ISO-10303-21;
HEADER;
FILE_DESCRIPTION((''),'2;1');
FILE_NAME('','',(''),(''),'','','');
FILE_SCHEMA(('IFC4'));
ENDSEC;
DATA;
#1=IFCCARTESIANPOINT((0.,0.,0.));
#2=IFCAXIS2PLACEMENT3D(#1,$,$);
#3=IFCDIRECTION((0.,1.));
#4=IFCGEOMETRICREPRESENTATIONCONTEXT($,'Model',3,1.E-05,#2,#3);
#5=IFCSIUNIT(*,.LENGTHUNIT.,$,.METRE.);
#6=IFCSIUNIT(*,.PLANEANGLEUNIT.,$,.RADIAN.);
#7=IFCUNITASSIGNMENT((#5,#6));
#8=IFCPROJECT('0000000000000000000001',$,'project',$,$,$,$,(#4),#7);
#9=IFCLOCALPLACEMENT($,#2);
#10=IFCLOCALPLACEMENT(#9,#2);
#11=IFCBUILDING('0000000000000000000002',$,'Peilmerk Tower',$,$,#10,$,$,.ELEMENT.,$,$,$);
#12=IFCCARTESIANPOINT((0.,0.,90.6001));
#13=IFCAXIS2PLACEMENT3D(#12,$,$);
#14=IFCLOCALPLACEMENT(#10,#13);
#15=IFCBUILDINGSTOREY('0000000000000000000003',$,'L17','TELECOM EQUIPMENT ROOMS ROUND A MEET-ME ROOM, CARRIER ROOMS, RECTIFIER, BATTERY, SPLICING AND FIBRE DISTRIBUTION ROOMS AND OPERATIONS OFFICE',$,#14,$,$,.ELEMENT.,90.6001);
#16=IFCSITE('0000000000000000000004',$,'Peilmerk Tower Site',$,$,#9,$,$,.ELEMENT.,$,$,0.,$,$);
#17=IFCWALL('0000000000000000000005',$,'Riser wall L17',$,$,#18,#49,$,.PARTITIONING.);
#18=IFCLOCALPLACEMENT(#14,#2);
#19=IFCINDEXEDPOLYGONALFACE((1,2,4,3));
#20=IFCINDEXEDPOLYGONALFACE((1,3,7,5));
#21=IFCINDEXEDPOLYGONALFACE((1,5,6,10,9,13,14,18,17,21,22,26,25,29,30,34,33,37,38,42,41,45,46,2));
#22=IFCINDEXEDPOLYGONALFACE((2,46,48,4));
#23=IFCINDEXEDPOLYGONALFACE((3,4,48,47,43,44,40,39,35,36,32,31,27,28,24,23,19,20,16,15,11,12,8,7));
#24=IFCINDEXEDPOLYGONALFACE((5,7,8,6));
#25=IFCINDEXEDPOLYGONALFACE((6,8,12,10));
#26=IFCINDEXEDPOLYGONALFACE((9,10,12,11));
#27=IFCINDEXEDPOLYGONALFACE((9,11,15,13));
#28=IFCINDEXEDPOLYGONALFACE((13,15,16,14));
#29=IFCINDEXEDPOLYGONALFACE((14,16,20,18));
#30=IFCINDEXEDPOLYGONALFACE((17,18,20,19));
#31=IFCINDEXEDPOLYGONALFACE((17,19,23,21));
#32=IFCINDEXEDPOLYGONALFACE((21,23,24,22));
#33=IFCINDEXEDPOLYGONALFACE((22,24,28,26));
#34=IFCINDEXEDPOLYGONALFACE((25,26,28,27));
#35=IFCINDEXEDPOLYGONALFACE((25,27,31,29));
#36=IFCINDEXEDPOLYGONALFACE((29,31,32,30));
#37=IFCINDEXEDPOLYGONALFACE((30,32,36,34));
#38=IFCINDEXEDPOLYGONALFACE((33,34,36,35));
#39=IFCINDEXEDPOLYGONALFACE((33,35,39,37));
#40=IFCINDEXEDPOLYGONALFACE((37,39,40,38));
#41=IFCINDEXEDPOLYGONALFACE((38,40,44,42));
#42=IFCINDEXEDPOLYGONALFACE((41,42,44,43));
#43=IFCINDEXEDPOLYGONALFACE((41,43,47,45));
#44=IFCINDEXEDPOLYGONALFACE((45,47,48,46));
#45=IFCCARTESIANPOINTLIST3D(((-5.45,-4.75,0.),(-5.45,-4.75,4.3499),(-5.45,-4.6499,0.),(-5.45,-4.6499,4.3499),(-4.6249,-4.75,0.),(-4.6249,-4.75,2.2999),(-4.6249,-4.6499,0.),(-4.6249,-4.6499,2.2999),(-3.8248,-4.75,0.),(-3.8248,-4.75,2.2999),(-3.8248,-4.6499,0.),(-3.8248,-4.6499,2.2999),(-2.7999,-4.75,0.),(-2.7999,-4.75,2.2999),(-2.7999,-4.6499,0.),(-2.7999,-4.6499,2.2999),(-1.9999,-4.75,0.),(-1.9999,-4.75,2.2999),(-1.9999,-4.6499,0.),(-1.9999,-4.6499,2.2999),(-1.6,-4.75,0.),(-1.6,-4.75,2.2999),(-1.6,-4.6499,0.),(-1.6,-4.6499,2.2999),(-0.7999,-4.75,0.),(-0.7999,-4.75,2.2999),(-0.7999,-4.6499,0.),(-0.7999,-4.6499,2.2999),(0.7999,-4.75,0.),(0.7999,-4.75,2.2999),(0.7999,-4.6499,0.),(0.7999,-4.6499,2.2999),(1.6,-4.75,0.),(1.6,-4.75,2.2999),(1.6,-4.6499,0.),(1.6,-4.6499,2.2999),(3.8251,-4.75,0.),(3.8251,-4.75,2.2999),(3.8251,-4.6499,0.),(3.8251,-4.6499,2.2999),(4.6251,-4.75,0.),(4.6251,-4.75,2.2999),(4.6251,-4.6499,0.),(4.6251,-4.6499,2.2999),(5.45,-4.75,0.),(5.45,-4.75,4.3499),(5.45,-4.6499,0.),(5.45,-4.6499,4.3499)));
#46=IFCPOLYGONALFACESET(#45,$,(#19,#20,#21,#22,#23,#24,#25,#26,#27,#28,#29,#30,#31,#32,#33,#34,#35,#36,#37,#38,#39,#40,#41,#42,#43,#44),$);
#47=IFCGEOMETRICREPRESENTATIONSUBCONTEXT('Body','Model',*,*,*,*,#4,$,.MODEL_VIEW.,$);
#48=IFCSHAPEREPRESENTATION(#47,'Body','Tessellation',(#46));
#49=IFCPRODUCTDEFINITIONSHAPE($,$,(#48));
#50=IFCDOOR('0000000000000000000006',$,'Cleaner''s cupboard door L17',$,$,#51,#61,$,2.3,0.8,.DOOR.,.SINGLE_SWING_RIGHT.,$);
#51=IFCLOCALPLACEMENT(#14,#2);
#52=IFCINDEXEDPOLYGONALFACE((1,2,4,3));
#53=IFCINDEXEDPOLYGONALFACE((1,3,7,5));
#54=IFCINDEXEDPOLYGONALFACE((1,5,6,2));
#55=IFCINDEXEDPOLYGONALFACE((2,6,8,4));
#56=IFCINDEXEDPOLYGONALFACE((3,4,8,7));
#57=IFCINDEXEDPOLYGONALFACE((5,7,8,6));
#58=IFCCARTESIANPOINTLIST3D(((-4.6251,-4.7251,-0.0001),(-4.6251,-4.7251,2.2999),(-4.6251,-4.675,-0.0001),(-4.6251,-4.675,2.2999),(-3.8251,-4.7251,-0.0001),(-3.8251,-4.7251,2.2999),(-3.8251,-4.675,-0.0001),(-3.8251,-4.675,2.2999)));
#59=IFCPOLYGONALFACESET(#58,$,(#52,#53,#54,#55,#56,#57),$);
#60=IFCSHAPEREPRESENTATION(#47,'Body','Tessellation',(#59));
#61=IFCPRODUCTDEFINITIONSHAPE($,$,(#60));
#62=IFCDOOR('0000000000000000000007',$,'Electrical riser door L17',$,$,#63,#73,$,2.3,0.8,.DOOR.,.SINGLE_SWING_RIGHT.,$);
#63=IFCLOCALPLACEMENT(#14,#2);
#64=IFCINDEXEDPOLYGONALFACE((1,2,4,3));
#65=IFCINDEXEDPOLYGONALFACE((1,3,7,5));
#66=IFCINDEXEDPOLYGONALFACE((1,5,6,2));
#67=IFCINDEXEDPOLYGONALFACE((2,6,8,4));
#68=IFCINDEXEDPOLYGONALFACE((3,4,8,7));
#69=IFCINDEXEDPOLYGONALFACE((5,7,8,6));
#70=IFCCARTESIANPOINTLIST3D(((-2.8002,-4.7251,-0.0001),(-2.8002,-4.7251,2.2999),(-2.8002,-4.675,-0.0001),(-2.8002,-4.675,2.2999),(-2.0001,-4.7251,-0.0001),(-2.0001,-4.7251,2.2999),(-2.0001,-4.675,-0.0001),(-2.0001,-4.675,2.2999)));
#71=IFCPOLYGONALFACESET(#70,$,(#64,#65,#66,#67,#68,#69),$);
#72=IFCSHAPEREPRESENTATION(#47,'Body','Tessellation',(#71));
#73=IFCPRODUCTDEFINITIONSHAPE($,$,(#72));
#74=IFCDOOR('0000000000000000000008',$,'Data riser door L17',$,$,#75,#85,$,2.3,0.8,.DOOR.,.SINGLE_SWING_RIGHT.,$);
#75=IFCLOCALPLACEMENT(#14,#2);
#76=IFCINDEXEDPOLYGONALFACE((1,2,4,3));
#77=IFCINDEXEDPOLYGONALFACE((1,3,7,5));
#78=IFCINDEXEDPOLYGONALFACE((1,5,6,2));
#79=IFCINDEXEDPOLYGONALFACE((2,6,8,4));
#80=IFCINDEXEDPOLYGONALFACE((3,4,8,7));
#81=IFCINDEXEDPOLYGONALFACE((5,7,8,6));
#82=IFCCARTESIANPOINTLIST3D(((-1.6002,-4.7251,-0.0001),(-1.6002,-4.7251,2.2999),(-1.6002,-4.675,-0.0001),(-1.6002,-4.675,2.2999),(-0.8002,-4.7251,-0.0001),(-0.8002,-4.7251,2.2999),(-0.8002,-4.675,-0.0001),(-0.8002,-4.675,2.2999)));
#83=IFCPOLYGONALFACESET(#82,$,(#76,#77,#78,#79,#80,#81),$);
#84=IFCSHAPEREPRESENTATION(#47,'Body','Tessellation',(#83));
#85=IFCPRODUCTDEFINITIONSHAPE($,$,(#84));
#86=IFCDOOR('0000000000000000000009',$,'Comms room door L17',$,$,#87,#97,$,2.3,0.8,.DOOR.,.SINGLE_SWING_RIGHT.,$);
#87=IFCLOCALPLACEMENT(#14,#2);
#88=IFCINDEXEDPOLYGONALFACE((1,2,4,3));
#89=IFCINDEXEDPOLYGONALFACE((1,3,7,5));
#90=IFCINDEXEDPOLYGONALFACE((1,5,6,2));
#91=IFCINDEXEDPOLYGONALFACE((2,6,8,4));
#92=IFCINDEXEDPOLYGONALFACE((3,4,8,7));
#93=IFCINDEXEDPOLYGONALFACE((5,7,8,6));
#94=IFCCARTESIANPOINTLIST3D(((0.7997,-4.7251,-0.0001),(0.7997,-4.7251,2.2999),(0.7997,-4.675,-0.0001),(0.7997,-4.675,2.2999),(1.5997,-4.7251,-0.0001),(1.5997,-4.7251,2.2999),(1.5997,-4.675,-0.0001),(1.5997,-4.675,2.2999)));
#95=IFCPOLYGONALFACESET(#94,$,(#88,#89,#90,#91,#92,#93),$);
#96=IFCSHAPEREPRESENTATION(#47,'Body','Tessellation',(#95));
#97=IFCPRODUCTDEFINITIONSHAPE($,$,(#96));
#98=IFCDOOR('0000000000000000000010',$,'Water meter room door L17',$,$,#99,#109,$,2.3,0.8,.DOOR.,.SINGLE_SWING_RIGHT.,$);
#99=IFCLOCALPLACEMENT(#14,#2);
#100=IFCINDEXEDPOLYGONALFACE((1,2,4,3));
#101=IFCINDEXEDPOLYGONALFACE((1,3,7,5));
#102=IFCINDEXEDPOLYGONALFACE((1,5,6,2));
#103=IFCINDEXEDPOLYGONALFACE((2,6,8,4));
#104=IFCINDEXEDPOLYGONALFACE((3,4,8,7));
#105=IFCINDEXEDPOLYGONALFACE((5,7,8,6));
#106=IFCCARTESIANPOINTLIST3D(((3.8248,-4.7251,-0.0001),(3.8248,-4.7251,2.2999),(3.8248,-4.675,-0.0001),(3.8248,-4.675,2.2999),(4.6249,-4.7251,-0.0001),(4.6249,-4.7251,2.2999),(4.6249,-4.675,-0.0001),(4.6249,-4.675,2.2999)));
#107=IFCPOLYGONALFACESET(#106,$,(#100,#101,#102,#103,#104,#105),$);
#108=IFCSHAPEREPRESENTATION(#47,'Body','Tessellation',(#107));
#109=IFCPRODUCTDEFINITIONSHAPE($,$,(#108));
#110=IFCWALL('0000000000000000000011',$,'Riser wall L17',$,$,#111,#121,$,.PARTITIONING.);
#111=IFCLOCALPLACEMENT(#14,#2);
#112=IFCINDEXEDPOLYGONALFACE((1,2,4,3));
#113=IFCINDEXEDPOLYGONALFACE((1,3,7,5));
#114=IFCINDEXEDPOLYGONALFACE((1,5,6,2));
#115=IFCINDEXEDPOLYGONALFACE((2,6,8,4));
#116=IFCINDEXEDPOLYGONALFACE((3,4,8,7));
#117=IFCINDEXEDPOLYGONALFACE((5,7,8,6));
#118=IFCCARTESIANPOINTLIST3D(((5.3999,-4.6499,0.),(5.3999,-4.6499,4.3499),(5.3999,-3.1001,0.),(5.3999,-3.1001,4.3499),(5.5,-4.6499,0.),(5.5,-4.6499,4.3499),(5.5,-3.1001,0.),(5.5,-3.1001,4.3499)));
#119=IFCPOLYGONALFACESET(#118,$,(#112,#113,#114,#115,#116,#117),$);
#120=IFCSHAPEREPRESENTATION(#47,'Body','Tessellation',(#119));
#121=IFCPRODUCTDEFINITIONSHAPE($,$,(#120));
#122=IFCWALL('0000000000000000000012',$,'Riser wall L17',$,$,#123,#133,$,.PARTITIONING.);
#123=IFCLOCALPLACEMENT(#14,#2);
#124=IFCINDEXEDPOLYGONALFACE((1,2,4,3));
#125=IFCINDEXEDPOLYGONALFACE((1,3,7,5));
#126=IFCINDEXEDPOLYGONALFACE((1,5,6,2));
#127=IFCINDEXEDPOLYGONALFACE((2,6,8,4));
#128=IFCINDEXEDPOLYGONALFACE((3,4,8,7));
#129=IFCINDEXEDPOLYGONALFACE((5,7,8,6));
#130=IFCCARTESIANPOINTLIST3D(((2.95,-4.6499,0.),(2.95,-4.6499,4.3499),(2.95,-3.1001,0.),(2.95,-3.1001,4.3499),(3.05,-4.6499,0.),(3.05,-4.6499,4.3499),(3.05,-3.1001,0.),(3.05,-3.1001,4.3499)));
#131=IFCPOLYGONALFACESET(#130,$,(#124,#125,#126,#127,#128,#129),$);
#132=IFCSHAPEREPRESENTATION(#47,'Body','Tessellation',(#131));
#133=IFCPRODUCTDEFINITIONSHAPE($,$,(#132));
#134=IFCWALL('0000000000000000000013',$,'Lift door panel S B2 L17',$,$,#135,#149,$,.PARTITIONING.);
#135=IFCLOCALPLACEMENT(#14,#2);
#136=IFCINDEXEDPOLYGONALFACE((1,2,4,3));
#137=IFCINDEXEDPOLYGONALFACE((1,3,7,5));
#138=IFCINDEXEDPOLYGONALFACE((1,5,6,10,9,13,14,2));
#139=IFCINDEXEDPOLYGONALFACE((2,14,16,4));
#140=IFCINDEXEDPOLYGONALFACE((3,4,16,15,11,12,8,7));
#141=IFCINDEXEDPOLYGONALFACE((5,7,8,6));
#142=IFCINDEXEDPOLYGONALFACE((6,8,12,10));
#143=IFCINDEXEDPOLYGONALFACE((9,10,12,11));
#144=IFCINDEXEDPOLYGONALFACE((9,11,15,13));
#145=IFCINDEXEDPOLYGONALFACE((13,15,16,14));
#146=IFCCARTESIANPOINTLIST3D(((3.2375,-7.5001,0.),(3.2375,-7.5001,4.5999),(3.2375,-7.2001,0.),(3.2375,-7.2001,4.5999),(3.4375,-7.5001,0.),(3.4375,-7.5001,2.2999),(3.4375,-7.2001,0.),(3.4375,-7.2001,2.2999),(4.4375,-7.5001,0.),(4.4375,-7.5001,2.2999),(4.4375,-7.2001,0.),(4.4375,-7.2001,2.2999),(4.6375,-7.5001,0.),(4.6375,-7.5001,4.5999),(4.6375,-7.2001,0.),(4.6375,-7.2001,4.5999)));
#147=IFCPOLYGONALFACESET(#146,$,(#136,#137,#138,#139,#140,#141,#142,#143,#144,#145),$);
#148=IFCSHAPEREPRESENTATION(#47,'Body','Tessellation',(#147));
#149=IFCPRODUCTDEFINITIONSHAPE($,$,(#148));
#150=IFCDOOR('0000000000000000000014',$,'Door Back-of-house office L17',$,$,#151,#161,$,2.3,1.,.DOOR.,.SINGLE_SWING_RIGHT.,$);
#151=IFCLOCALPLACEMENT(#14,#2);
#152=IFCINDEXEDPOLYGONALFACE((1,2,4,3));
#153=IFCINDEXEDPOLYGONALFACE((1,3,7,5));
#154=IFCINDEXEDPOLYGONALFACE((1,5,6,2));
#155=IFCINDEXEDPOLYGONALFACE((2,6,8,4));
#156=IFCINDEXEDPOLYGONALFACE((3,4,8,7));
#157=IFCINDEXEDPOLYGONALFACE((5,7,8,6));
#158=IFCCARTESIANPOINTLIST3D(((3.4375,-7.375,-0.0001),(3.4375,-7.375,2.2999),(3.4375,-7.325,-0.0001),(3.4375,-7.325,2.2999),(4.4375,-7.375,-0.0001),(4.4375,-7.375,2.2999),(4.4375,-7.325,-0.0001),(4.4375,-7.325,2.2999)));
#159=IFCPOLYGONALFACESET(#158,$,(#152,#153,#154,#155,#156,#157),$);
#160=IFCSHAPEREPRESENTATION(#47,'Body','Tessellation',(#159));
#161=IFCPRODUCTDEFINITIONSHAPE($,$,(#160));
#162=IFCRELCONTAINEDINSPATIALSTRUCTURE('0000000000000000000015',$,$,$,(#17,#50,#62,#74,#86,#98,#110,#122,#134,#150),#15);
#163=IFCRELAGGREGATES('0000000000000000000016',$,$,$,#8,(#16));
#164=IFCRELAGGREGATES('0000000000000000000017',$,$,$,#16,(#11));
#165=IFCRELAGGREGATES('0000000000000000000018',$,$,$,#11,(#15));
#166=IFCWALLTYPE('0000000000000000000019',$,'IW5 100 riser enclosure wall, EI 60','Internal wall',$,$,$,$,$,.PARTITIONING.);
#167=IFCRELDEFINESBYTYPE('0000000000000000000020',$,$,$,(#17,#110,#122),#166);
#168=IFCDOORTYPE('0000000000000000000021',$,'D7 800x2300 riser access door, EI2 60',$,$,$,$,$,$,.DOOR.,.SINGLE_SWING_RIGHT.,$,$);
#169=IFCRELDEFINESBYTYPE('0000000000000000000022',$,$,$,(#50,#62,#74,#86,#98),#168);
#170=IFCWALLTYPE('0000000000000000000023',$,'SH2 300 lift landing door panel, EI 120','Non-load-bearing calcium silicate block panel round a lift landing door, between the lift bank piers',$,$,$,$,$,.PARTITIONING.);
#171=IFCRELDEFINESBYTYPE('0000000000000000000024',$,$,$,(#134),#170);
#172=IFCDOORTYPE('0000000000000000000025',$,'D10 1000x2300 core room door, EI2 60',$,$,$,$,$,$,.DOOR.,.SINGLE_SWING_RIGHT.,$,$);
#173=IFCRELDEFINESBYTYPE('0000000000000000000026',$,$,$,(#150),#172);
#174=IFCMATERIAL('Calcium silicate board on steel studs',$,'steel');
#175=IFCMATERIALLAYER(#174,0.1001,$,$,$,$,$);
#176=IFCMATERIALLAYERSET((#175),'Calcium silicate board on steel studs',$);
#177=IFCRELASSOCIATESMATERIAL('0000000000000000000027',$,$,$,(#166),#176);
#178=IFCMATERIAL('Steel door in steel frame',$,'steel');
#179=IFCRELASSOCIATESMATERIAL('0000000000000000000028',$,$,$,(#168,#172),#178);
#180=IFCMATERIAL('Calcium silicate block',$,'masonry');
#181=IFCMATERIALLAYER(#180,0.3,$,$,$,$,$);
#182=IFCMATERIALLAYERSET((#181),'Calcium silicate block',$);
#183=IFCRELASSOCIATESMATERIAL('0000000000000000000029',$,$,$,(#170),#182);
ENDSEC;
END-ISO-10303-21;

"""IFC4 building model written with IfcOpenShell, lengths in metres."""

from ifc_helpers import new_model, si_unit, direction, frame, frame_2d, origin, place, context, subcontext, project, spatial, rectangle, extrude, material, layer, layer_set, type_object, element, fill, save


model = new_model("IFC4")

# Units and contexts
model_context = context("Model", 3, precision=1e-05, world=origin(), true_north=direction((0.0, 1.0)))
body_context = subcontext(model_context, "Body", "Model", "MODEL_VIEW")
ifc_project = project(units=[si_unit("LENGTHUNIT", "METRE"), si_unit("PLANEANGLEUNIT", "RADIAN")], contexts=[model_context])

# Site, building, storey
site_placement = place(None, origin())
site = spatial("IfcSite", under=ifc_project, at=site_placement, Name="Peilmerk Tower Site", CompositionType="ELEMENT", RefElevation=0.0)
building_placement = place(site_placement, origin())
building = spatial("IfcBuilding", under=site, at=building_placement, Name="Peilmerk Tower", CompositionType="ELEMENT")
storey_placement = place(building_placement, frame((0.0, 0.0, 90.6001)))
storey = spatial("IfcBuildingStorey", under=building, at=storey_placement, Name="L17", Description="TELECOM EQUIPMENT ROOMS ROUND A MEET-ME ROOM, CARRIER ROOMS, RECTIFIER, BATTERY, SPLICING AND FIBRE DISTRIBUTION ROOMS AND OPERATIONS OFFICE", CompositionType="ELEMENT", Elevation=90.6001)

# Shared definitions
ifc_material_1 = material(Name="Steel door in steel frame", Category="steel")

# Shared definitions
ifc_material_2 = material(Name="Calcium silicate board on steel studs", Category="steel")
ifc_layer_1 = layer(ifc_material_2, 0.1001)
ifc_layer_set_1 = layer_set([ifc_layer_1], Name="Calcium silicate board on steel studs")
wall_type_1 = type_object("IfcWallType", Name="IW5 100 riser enclosure wall, EI 60", Description="Internal wall", PredefinedType="PARTITIONING", material=ifc_layer_set_1)

# Wall, openings, doors
wall_1_placement = place(storey_placement, frame((5.45, -4.7, 0.0), z_axis=(0.0, 0.0, 1.0), x_axis=(-1.0, 0.0, 0.0)))
wall_1 = element("IfcWall", 1, at=wall_1_placement, inside=storey, type_object=wall_type_1, Name="Riser wall L17", PredefinedType="PARTITIONING", context=body_context, shape_type="SweptSolid", body=[
    extrude(rectangle(XDim=10.8999, YDim=0.1001, at=frame_2d((5.45, 0.0))), origin(), (0.0, 0.0, 1.0), 4.3499),
])
opening_1_placement = place(wall_1_placement, frame((9.2749, 0.0, 0.0)))
opening_1 = element("IfcOpeningElement", 2, at=opening_1_placement, cuts=wall_1, PredefinedType="OPENING", context=body_context, shape_type="SweptSolid", body=[
    extrude(rectangle(XDim=0.8, YDim=2.3, at=frame_2d((0.3999, 1.1499))), frame((0.0, 0.0601, 0.0), z_axis=(0.0, -1.0, 0.0), x_axis=(1.0, 0.0, 0.0)), (0.0, 0.0, 1.0), 0.1201),
])
opening_2_placement = place(wall_1_placement, frame((7.45, 0.0, 0.0)))
opening_2 = element("IfcOpeningElement", 3, at=opening_2_placement, cuts=wall_1, PredefinedType="OPENING", context=body_context, shape_type="SweptSolid", body=[
    extrude(rectangle(XDim=0.8, YDim=2.3, at=frame_2d((0.3999, 1.1499))), frame((0.0, 0.0601, 0.0), z_axis=(0.0, -1.0, 0.0), x_axis=(1.0, 0.0, 0.0)), (0.0, 0.0, 1.0), 0.1201),
])
opening_3_placement = place(wall_1_placement, frame((6.25, 0.0, 0.0)))
opening_3 = element("IfcOpeningElement", 4, at=opening_3_placement, cuts=wall_1, PredefinedType="OPENING", context=body_context, shape_type="SweptSolid", body=[
    extrude(rectangle(XDim=0.8, YDim=2.3, at=frame_2d((0.3999, 1.1499))), frame((0.0, 0.0601, 0.0), z_axis=(0.0, -1.0, 0.0), x_axis=(1.0, 0.0, 0.0)), (0.0, 0.0, 1.0), 0.1201),
])
opening_4_placement = place(wall_1_placement, frame((3.8501, 0.0, 0.0)))
opening_4 = element("IfcOpeningElement", 5, at=opening_4_placement, cuts=wall_1, PredefinedType="OPENING", context=body_context, shape_type="SweptSolid", body=[
    extrude(rectangle(XDim=0.8, YDim=2.3, at=frame_2d((0.3999, 1.1499))), frame((0.0, 0.0601, 0.0), z_axis=(0.0, -1.0, 0.0), x_axis=(1.0, 0.0, 0.0)), (0.0, 0.0, 1.0), 0.1201),
])
opening_5_placement = place(wall_1_placement, frame((0.825, 0.0, 0.0)))
opening_5 = element("IfcOpeningElement", 6, at=opening_5_placement, cuts=wall_1, PredefinedType="OPENING", context=body_context, shape_type="SweptSolid", body=[
    extrude(rectangle(XDim=0.8, YDim=2.3, at=frame_2d((0.3999, 1.1499))), frame((0.0, 0.0601, 0.0), z_axis=(0.0, -1.0, 0.0), x_axis=(1.0, 0.0, 0.0)), (0.0, 0.0, 1.0), 0.1201),
])
door_type_1 = type_object("IfcDoorType", Name="D7 800x2300 riser access door, EI2 60", OperationType="SINGLE_SWING_RIGHT", PredefinedType="DOOR", material=ifc_material_1)
door_1_placement = place(opening_1_placement, frame((0.8, 0.0, 0.0), z_axis=(0.0, 0.0, 1.0), x_axis=(-1.0, 0.0, 0.0)))
door_1 = element("IfcDoor", 7, at=door_1_placement, inside=storey, type_object=door_type_1, Name="Cleaner's cupboard door L17", OperationType="SINGLE_SWING_RIGHT", OverallHeight=2.3, OverallWidth=0.8, PredefinedType="DOOR", context=body_context, shape_type="SweptSolid", body=[
    extrude(rectangle(XDim=0.8, YDim=2.3, at=frame_2d((0.3999, 1.1499))), frame((0.0, 0.0249, 0.0), z_axis=(0.0, -1.0, 0.0), x_axis=(1.0, 0.0, 0.0)), (0.0, 0.0, 1.0), 0.05),
])
fill(opening_1, door_1)
door_2_placement = place(opening_2_placement, frame((0.8, 0.0, 0.0), z_axis=(0.0, 0.0, 1.0), x_axis=(-1.0, 0.0, 0.0)))
door_2 = element("IfcDoor", 8, at=door_2_placement, inside=storey, type_object=door_type_1, Name="Electrical riser door L17", OperationType="SINGLE_SWING_RIGHT", OverallHeight=2.3, OverallWidth=0.8, PredefinedType="DOOR", context=body_context, shape_type="SweptSolid", body=[
    extrude(rectangle(XDim=0.8, YDim=2.3, at=frame_2d((0.3999, 1.1499))), frame((0.0, 0.0249, 0.0), z_axis=(0.0, -1.0, 0.0), x_axis=(1.0, 0.0, 0.0)), (0.0, 0.0, 1.0), 0.05),
])
fill(opening_2, door_2)
door_3_placement = place(opening_3_placement, frame((0.8, 0.0, 0.0), z_axis=(0.0, 0.0, 1.0), x_axis=(-1.0, 0.0, 0.0)))
door_3 = element("IfcDoor", 9, at=door_3_placement, inside=storey, type_object=door_type_1, Name="Data riser door L17", OperationType="SINGLE_SWING_RIGHT", OverallHeight=2.3, OverallWidth=0.8, PredefinedType="DOOR", context=body_context, shape_type="SweptSolid", body=[
    extrude(rectangle(XDim=0.8, YDim=2.3, at=frame_2d((0.3999, 1.1499))), frame((0.0, 0.0249, 0.0), z_axis=(0.0, -1.0, 0.0), x_axis=(1.0, 0.0, 0.0)), (0.0, 0.0, 1.0), 0.05),
])
fill(opening_3, door_3)
door_4_placement = place(opening_4_placement, frame((0.8, 0.0, 0.0), z_axis=(0.0, 0.0, 1.0), x_axis=(-1.0, 0.0, 0.0)))
door_4 = element("IfcDoor", 10, at=door_4_placement, inside=storey, type_object=door_type_1, Name="Comms room door L17", OperationType="SINGLE_SWING_RIGHT", OverallHeight=2.3, OverallWidth=0.8, PredefinedType="DOOR", context=body_context, shape_type="SweptSolid", body=[
    extrude(rectangle(XDim=0.8, YDim=2.3, at=frame_2d((0.3999, 1.1499))), frame((0.0, 0.0249, 0.0), z_axis=(0.0, -1.0, 0.0), x_axis=(1.0, 0.0, 0.0)), (0.0, 0.0, 1.0), 0.05),
])
fill(opening_4, door_4)
door_5_placement = place(opening_5_placement, frame((0.8, 0.0, 0.0), z_axis=(0.0, 0.0, 1.0), x_axis=(-1.0, 0.0, 0.0)))
door_5 = element("IfcDoor", 11, at=door_5_placement, inside=storey, type_object=door_type_1, Name="Water meter room door L17", OperationType="SINGLE_SWING_RIGHT", OverallHeight=2.3, OverallWidth=0.8, PredefinedType="DOOR", context=body_context, shape_type="SweptSolid", body=[
    extrude(rectangle(XDim=0.8, YDim=2.3, at=frame_2d((0.3999, 1.1499))), frame((0.0, 0.0249, 0.0), z_axis=(0.0, -1.0, 0.0), x_axis=(1.0, 0.0, 0.0)), (0.0, 0.0, 1.0), 0.05),
])
fill(opening_5, door_5)

# Walls
for number, where, z_axis, x_axis, name in (
    (12, (5.45, -3.1001, 0.0), (0.0, 0.0, 1.0), (0.0, -1.0, 0.0), "Riser wall L17"),
    (13, (3.0, -3.1001, 0.0), (0.0, 0.0, 1.0), (0.0, -1.0, 0.0), "Riser wall L17"),
):
    element("IfcWall", number, at=place(storey_placement, frame(where, z_axis=z_axis, x_axis=x_axis)), inside=storey, type_object=wall_type_1, Name=name, PredefinedType="PARTITIONING", context=body_context, shape_type="SweptSolid", body=[
        extrude(rectangle(XDim=1.5498, YDim=0.1001, at=frame_2d((0.7749, 0.0))), origin(), (0.0, 0.0, 1.0), 4.3499),
    ])

# Wall, opening, door
ifc_material_3 = material(Name="Calcium silicate block", Category="masonry")
ifc_layer_2 = layer(ifc_material_3, 0.3)
ifc_layer_set_2 = layer_set([ifc_layer_2], Name="Calcium silicate block")
wall_type_2 = type_object("IfcWallType", Name="SH2 300 lift landing door panel, EI 120", Description="Non-load-bearing calcium silicate block panel round a lift landing door, between the lift bank piers", PredefinedType="PARTITIONING", material=ifc_layer_set_2)
wall_2_placement = place(storey_placement, frame((3.2375, -7.3501, 0.0), z_axis=(0.0, 0.0, 1.0), x_axis=(1.0, 0.0, 0.0)))
wall_2 = element("IfcWall", 14, at=wall_2_placement, inside=storey, type_object=wall_type_2, Name="Lift door panel S B2 L17", PredefinedType="PARTITIONING", context=body_context, shape_type="SweptSolid", body=[
    extrude(rectangle(XDim=1.3999, YDim=0.3, at=frame_2d((0.7, 0.0))), origin(), (0.0, 0.0, 1.0), 4.5999),
])
opening_6_placement = place(wall_2_placement, frame((0.2, 0.0, 0.0)))
opening_6 = element("IfcOpeningElement", 15, at=opening_6_placement, cuts=wall_2, PredefinedType="OPENING", context=body_context, shape_type="SweptSolid", body=[
    extrude(rectangle(XDim=1.0, YDim=2.3, at=frame_2d((0.5, 1.1499))), frame((0.0, 0.1599, 0.0), z_axis=(0.0, -1.0, 0.0), x_axis=(1.0, 0.0, 0.0)), (0.0, 0.0, 1.0), 0.3201),
])
door_type_2 = type_object("IfcDoorType", Name="D10 1000x2300 core room door, EI2 60", OperationType="SINGLE_SWING_RIGHT", PredefinedType="DOOR", material=ifc_material_1)
door_6_placement = place(opening_6_placement, frame((1.0, 0.0, 0.0), z_axis=(0.0, 0.0, 1.0), x_axis=(-1.0, 0.0, 0.0)))
door_6 = element("IfcDoor", 16, at=door_6_placement, inside=storey, type_object=door_type_2, Name="Door Back-of-house office L17", OperationType="SINGLE_SWING_RIGHT", OverallHeight=2.3, OverallWidth=1.0, PredefinedType="DOOR", context=body_context, shape_type="SweptSolid", body=[
    extrude(rectangle(XDim=1.0, YDim=2.3, at=frame_2d((0.5, 1.1499))), frame((0.0, 0.0249, 0.0), z_axis=(0.0, -1.0, 0.0), x_axis=(1.0, 0.0, 0.0)), (0.0, 0.0, 1.0), 0.05),
])
fill(opening_6, door_6)

save(model, "model.ifc")
